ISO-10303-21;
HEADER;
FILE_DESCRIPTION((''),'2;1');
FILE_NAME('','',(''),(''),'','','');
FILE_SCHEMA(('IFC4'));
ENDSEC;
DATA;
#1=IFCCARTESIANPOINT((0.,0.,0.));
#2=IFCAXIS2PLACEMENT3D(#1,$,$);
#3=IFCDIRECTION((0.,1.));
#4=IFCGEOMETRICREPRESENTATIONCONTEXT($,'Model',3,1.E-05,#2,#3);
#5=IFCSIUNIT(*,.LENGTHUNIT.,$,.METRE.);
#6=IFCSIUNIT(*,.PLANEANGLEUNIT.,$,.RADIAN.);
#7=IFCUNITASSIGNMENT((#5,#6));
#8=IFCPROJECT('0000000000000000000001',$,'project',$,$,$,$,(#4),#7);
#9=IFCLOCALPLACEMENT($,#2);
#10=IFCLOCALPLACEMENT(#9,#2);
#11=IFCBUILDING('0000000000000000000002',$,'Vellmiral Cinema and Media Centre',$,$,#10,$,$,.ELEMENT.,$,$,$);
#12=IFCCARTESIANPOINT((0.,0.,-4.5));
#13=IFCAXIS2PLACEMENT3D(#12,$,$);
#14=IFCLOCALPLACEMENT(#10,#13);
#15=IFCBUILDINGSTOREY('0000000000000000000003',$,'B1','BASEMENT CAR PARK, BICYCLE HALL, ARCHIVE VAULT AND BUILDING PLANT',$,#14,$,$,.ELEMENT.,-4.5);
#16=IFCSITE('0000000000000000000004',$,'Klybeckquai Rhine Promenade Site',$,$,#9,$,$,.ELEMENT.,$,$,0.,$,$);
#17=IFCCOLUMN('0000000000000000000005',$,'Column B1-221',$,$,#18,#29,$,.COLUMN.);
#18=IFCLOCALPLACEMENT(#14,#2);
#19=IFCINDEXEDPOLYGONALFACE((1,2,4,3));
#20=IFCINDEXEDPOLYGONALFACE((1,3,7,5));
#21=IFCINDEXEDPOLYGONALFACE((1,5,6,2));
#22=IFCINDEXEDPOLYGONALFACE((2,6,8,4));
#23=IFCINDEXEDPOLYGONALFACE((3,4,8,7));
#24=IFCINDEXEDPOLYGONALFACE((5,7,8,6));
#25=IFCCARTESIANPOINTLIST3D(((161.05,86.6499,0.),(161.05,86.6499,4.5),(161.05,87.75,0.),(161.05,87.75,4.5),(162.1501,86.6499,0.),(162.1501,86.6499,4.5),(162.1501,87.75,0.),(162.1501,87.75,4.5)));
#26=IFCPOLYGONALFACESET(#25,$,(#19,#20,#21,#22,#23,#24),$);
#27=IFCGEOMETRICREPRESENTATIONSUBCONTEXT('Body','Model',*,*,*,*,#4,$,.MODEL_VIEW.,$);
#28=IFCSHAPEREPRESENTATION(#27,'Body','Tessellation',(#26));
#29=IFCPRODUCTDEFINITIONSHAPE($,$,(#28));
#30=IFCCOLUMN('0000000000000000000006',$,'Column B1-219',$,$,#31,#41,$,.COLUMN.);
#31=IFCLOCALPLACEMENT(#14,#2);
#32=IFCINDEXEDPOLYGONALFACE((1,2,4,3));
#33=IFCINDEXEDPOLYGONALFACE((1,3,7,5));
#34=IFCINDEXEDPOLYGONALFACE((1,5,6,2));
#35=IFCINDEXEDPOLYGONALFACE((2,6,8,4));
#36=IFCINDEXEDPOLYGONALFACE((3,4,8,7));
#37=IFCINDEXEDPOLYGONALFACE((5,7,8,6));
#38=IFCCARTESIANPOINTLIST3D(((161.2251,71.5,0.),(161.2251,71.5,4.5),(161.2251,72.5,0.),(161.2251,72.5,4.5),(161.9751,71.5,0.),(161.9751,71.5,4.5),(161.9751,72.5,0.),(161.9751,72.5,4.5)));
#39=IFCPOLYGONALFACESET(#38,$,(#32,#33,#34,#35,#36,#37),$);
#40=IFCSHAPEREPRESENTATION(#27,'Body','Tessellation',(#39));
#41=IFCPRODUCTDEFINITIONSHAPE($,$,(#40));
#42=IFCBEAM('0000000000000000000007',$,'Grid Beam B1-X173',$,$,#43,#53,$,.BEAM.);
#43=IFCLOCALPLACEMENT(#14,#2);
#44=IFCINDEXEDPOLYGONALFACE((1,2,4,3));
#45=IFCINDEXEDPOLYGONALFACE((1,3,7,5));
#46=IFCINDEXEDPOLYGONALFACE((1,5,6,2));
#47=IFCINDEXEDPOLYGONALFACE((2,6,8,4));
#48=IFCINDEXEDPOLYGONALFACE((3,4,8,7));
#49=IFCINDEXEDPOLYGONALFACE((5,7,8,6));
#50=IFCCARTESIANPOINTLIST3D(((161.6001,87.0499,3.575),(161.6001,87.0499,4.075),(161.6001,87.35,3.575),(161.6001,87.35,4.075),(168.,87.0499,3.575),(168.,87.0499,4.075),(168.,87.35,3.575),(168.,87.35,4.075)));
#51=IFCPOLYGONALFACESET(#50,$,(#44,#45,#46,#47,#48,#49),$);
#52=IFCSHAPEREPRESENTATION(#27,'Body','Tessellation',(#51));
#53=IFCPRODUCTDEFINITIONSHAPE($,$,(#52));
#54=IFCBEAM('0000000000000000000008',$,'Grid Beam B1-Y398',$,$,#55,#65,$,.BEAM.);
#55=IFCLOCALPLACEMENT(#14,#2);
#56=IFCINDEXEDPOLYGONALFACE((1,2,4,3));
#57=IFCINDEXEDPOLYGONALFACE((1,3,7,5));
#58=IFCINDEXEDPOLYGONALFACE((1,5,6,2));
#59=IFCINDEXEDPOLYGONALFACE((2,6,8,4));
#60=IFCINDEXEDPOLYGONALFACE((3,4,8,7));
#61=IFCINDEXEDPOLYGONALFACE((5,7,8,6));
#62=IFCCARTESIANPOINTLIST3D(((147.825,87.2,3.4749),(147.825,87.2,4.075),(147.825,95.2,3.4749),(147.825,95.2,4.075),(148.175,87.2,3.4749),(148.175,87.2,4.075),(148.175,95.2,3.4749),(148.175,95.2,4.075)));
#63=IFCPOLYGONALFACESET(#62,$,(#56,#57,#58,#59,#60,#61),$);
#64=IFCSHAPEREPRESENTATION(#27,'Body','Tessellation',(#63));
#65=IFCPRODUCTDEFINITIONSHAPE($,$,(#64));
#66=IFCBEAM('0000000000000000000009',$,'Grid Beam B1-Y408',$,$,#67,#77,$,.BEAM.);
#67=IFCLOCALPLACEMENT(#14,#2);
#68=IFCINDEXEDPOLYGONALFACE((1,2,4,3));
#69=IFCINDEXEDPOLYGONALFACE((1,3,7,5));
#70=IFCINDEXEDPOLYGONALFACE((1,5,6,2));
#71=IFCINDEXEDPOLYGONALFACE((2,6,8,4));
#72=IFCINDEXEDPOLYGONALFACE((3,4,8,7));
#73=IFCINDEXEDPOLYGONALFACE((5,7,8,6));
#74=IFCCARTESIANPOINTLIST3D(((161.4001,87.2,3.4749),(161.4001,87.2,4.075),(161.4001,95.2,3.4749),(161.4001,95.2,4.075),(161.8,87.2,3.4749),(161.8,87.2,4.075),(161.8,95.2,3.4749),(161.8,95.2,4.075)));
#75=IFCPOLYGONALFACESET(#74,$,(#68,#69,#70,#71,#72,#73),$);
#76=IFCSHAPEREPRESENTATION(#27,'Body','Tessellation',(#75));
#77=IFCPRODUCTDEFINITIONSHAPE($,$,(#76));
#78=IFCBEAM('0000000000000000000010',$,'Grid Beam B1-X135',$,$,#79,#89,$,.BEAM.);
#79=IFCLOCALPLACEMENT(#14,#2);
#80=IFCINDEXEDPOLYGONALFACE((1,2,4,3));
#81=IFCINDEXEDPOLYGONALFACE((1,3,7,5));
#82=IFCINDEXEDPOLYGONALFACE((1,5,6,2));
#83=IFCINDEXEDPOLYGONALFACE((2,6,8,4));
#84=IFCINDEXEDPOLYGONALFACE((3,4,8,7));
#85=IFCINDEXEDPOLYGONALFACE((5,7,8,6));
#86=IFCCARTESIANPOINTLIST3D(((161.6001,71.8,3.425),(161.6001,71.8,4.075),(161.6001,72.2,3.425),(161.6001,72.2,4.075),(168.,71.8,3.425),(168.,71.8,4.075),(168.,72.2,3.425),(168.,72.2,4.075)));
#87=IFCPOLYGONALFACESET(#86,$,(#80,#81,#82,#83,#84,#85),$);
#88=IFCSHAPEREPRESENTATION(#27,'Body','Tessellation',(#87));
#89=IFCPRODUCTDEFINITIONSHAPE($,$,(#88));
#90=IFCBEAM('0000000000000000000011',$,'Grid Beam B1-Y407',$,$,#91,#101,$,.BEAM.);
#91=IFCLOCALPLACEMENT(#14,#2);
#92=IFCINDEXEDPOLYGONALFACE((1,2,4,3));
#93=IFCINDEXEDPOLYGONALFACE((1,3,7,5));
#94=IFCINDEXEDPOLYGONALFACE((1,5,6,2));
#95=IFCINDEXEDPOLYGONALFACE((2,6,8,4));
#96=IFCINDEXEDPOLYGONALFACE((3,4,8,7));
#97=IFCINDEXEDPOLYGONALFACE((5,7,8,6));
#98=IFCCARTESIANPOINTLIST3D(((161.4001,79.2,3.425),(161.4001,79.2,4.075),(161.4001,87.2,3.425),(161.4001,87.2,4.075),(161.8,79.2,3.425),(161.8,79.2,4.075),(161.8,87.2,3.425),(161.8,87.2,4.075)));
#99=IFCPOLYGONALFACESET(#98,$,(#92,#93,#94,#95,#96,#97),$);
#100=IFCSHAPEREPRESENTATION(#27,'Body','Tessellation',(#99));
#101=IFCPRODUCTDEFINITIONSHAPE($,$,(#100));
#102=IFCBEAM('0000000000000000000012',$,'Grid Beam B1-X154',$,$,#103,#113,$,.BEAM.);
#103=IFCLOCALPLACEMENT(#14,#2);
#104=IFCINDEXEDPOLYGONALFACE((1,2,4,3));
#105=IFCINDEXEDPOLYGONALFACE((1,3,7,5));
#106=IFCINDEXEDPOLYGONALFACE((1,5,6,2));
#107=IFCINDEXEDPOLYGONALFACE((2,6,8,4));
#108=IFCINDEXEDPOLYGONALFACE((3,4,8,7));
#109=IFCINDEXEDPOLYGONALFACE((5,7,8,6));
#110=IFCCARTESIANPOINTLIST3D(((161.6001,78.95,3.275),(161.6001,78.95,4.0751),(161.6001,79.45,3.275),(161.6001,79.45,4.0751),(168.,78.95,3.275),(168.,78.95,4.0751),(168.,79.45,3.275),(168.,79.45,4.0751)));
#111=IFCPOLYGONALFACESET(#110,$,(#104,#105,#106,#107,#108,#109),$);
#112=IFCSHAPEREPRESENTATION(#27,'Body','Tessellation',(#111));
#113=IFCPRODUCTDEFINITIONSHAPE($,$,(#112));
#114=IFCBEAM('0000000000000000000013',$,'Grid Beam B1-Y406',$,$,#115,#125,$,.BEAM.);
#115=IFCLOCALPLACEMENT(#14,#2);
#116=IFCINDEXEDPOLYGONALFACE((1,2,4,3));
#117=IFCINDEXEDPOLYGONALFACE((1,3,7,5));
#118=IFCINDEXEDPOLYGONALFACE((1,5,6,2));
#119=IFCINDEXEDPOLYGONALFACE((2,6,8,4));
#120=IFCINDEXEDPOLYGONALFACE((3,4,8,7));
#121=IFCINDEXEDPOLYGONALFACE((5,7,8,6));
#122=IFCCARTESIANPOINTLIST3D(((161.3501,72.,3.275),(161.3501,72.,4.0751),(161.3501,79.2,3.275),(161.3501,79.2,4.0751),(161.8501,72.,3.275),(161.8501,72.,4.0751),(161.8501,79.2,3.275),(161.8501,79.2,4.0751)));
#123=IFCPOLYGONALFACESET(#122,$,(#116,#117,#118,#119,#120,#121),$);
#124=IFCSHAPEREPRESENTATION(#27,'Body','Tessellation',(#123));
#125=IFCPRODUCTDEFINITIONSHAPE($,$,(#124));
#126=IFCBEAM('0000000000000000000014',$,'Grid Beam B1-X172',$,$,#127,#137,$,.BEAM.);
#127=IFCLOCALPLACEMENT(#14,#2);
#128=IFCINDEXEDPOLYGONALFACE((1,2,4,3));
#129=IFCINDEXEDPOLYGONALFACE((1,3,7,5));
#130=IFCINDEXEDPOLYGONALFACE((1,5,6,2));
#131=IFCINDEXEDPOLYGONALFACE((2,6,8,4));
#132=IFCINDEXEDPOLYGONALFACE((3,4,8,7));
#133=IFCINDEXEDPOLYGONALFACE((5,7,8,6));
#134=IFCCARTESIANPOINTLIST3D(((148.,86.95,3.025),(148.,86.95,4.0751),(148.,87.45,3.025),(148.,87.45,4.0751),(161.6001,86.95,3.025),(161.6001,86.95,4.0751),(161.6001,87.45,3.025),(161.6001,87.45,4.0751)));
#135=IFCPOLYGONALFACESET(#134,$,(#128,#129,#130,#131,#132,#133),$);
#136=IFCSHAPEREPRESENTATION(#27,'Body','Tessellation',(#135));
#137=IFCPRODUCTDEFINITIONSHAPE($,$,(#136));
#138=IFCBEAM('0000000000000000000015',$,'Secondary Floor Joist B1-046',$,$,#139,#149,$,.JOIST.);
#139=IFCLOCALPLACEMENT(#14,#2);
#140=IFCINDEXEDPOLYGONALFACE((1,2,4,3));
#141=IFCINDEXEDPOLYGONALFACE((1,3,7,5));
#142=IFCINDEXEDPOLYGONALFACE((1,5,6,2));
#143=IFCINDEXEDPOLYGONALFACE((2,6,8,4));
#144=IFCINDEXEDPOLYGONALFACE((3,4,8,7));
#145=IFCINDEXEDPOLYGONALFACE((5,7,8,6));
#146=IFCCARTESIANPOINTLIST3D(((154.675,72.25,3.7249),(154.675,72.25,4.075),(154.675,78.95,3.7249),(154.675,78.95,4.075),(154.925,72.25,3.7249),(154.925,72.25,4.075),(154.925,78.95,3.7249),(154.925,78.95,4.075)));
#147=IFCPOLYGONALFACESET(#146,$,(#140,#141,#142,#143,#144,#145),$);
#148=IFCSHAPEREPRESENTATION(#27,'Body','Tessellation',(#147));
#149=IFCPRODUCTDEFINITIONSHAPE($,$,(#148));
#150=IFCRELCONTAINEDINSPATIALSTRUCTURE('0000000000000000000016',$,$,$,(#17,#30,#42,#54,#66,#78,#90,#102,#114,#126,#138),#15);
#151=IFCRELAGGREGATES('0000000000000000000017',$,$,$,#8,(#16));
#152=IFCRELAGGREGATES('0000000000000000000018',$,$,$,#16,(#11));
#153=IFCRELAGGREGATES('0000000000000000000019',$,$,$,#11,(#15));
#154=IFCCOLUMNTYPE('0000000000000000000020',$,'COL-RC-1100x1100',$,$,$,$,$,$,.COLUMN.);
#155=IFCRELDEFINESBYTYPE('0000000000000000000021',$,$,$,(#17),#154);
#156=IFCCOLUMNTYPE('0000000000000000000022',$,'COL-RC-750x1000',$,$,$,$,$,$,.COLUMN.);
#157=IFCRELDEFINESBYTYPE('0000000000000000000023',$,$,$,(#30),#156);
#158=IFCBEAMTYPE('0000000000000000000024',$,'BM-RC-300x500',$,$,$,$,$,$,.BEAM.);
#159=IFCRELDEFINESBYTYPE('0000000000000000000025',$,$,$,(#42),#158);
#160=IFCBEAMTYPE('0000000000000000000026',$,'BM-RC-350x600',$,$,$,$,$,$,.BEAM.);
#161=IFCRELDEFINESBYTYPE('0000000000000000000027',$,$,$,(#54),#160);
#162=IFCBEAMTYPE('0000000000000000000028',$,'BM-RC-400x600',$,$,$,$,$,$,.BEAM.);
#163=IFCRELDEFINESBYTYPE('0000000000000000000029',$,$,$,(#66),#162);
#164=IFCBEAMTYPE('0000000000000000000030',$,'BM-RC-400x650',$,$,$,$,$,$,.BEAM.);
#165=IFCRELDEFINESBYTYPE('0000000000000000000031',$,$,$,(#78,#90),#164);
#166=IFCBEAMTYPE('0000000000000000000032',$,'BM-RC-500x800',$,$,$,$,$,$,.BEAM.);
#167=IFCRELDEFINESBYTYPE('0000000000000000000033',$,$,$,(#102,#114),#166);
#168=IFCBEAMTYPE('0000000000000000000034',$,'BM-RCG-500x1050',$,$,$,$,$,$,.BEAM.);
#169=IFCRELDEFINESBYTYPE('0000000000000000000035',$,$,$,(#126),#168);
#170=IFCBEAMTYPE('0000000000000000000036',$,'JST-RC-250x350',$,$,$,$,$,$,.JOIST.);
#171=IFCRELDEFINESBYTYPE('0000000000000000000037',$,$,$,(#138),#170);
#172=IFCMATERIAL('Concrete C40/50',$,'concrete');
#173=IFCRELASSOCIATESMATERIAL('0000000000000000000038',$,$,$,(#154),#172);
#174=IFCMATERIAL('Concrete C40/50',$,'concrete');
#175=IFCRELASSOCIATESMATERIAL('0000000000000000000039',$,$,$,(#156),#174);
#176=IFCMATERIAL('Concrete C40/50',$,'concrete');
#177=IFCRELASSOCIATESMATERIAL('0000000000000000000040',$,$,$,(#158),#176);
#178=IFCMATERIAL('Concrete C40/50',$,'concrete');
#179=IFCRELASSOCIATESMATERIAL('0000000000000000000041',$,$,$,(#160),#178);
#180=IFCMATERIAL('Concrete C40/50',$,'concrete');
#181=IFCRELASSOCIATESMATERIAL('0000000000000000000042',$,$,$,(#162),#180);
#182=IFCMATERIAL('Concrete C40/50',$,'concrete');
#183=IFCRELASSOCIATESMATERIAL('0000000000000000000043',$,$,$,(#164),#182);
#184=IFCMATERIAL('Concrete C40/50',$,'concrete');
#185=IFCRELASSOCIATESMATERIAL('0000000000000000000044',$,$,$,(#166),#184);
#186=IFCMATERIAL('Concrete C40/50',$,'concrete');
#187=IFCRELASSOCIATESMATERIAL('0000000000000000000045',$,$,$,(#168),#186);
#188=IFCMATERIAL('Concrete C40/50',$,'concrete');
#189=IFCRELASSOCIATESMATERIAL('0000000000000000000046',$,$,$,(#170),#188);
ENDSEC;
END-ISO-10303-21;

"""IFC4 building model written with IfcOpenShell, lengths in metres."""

from ifc_helpers import new_model, si_unit, direction, frame, origin, origin_2d, place, context, subcontext, project, spatial, rectangle, extrude, material, material_profile, profile_set, type_object, element, save


model = new_model("IFC4")

# Units and contexts
model_context = context("Model", 3, precision=1e-05, world=origin(), true_north=direction((0.0, 1.0)))
body_context = subcontext(model_context, "Body", "Model", "MODEL_VIEW")
ifc_project = project(units=[si_unit("LENGTHUNIT", "METRE"), si_unit("PLANEANGLEUNIT", "RADIAN")], contexts=[model_context])

# Site, building, storey
site_placement = place(None, origin())
site = spatial("IfcSite", under=ifc_project, at=site_placement, Name="Klybeckquai Rhine Promenade Site", CompositionType="ELEMENT", RefElevation=0.0)
building_placement = place(site_placement, origin())
building = spatial("IfcBuilding", under=site, at=building_placement, Name="Vellmiral Cinema and Media Centre", CompositionType="ELEMENT")
storey_placement = place(building_placement, frame((0.0, 0.0, -4.5)))
storey = spatial("IfcBuildingStorey", under=building, at=storey_placement, Name="B1", Description="BASEMENT CAR PARK, BICYCLE HALL, ARCHIVE VAULT AND BUILDING PLANT", CompositionType="ELEMENT", Elevation=-4.5)

# Columns
ifc_material_1 = material(Name="Concrete C40/50", Category="concrete")
ifc_material_profile_1 = material_profile(ifc_material_1, rectangle(XDim=1.1001, YDim=1.1001, at=origin_2d()), Name="RC 1100x1100")
ifc_profile_set_1 = profile_set([ifc_material_profile_1], Name="Concrete C40/50")
column_type_1 = type_object("IfcColumnType", Name="COL-RC-1100x1100", PredefinedType="COLUMN", material=ifc_profile_set_1)
for number, where, z_axis, x_axis, name in (
    (1, (161.6001, 87.2, 0.0), (0.0, 0.0, 1.0), (1.0, 0.0, 0.0), "Column B1-221"),
):
    element("IfcColumn", number, at=place(storey_placement, frame(where, z_axis=z_axis, x_axis=x_axis)), inside=storey, type_object=column_type_1, Name=name, PredefinedType="COLUMN", context=body_context, shape_type="SweptSolid", body=[
        extrude(rectangle(XDim=1.1001, YDim=1.1001, at=origin_2d()), origin(), (0.0, 0.0, 1.0), 4.5),
    ])
ifc_material_2 = material(Name="Concrete C40/50", Category="concrete")
ifc_material_profile_2 = material_profile(ifc_material_2, rectangle(XDim=0.75, YDim=1.0, at=origin_2d()), Name="RC 750x1000")
ifc_profile_set_2 = profile_set([ifc_material_profile_2], Name="Concrete C40/50")
column_type_2 = type_object("IfcColumnType", Name="COL-RC-750x1000", PredefinedType="COLUMN", material=ifc_profile_set_2)
column_placement = place(storey_placement, frame((161.6001, 72.0, 0.0), z_axis=(0.0, 0.0, 1.0), x_axis=(1.0, 0.0, 0.0)))
element("IfcColumn", 2, at=column_placement, inside=storey, type_object=column_type_2, Name="Column B1-219", PredefinedType="COLUMN", context=body_context, shape_type="SweptSolid", body=[
    extrude(rectangle(XDim=0.75, YDim=1.0, at=origin_2d()), origin(), (0.0, 0.0, 1.0), 4.5),
])

# Beams
ifc_material_3 = material(Name="Concrete C40/50", Category="concrete")
ifc_material_profile_3 = material_profile(ifc_material_3, rectangle(XDim=0.3, YDim=0.5, at=origin_2d()), Name="RC 300x500")
ifc_profile_set_3 = profile_set([ifc_material_profile_3], Name="Concrete C40/50")
beam_type_1 = type_object("IfcBeamType", Name="BM-RC-300x500", PredefinedType="BEAM", material=ifc_profile_set_3)
beam_1_placement = place(storey_placement, frame((161.6001, 87.2, 3.825), z_axis=(1.0, 0.0, 0.0), x_axis=(0.0, 1.0, 0.0)))
element("IfcBeam", 3, at=beam_1_placement, inside=storey, type_object=beam_type_1, Name="Grid Beam B1-X173", PredefinedType="BEAM", context=body_context, shape_type="SweptSolid", body=[
    extrude(rectangle(XDim=0.3, YDim=0.5, at=origin_2d()), origin(), (0.0, 0.0, 1.0), 6.3999),
])
ifc_material_4 = material(Name="Concrete C40/50", Category="concrete")
ifc_material_profile_4 = material_profile(ifc_material_4, rectangle(XDim=0.3501, YDim=0.6001, at=origin_2d()), Name="RC 350x600")
ifc_profile_set_4 = profile_set([ifc_material_profile_4], Name="Concrete C40/50")
beam_type_2 = type_object("IfcBeamType", Name="BM-RC-350x600", PredefinedType="BEAM", material=ifc_profile_set_4)
beam_2_placement = place(storey_placement, frame((148.0, 87.2, 3.7749), z_axis=(0.0, 1.0, 0.0), x_axis=(-1.0, 0.0, 0.0)))
element("IfcBeam", 4, at=beam_2_placement, inside=storey, type_object=beam_type_2, Name="Grid Beam B1-Y398", PredefinedType="BEAM", context=body_context, shape_type="SweptSolid", body=[
    extrude(rectangle(XDim=0.3501, YDim=0.6001, at=origin_2d()), origin(), (0.0, 0.0, 1.0), 8.0),
])
ifc_material_5 = material(Name="Concrete C40/50", Category="concrete")
ifc_material_profile_5 = material_profile(ifc_material_5, rectangle(XDim=0.3999, YDim=0.6001, at=origin_2d()), Name="RC 400x600")
ifc_profile_set_5 = profile_set([ifc_material_profile_5], Name="Concrete C40/50")
beam_type_3 = type_object("IfcBeamType", Name="BM-RC-400x600", PredefinedType="BEAM", material=ifc_profile_set_5)
beam_3_placement = place(storey_placement, frame((161.6001, 87.2, 3.7749), z_axis=(0.0, 1.0, 0.0), x_axis=(-1.0, 0.0, 0.0)))
element("IfcBeam", 5, at=beam_3_placement, inside=storey, type_object=beam_type_3, Name="Grid Beam B1-Y408", PredefinedType="BEAM", context=body_context, shape_type="SweptSolid", body=[
    extrude(rectangle(XDim=0.3999, YDim=0.6001, at=origin_2d()), origin(), (0.0, 0.0, 1.0), 8.0),
])
ifc_material_6 = material(Name="Concrete C40/50", Category="concrete")
ifc_material_profile_6 = material_profile(ifc_material_6, rectangle(XDim=0.3999, YDim=0.6499, at=origin_2d()), Name="RC 400x650")
ifc_profile_set_6 = profile_set([ifc_material_profile_6], Name="Concrete C40/50")
beam_type_4 = type_object("IfcBeamType", Name="BM-RC-400x650", PredefinedType="BEAM", material=ifc_profile_set_6)
beam_4_placement = place(storey_placement, frame((161.6001, 72.0, 3.75), z_axis=(1.0, 0.0, 0.0), x_axis=(0.0, 1.0, 0.0)))
element("IfcBeam", 6, at=beam_4_placement, inside=storey, type_object=beam_type_4, Name="Grid Beam B1-X135", PredefinedType="BEAM", context=body_context, shape_type="SweptSolid", body=[
    extrude(rectangle(XDim=0.3999, YDim=0.6499, at=origin_2d()), origin(), (0.0, 0.0, 1.0), 6.3999),
])
beam_5_placement = place(storey_placement, frame((161.6001, 79.2, 3.75), z_axis=(0.0, 1.0, 0.0), x_axis=(-1.0, 0.0, 0.0)))
element("IfcBeam", 7, at=beam_5_placement, inside=storey, type_object=beam_type_4, Name="Grid Beam B1-Y407", PredefinedType="BEAM", context=body_context, shape_type="SweptSolid", body=[
    extrude(rectangle(XDim=0.3999, YDim=0.6499, at=origin_2d()), origin(), (0.0, 0.0, 1.0), 8.0),
])
ifc_material_7 = material(Name="Concrete C40/50", Category="concrete")
ifc_material_profile_7 = material_profile(ifc_material_7, rectangle(XDim=0.5, YDim=0.8, at=origin_2d()), Name="RC 500x800")
ifc_profile_set_7 = profile_set([ifc_material_profile_7], Name="Concrete C40/50")
beam_type_5 = type_object("IfcBeamType", Name="BM-RC-500x800", PredefinedType="BEAM", material=ifc_profile_set_7)
beam_6_placement = place(storey_placement, frame((161.6001, 79.2, 3.675), z_axis=(1.0, 0.0, 0.0), x_axis=(0.0, 1.0, 0.0)))
element("IfcBeam", 8, at=beam_6_placement, inside=storey, type_object=beam_type_5, Name="Grid Beam B1-X154", PredefinedType="BEAM", context=body_context, shape_type="SweptSolid", body=[
    extrude(rectangle(XDim=0.5, YDim=0.8, at=origin_2d()), origin(), (0.0, 0.0, 1.0), 6.3999),
])
beam_7_placement = place(storey_placement, frame((161.6001, 72.0, 3.675), z_axis=(0.0, 1.0, 0.0), x_axis=(-1.0, 0.0, 0.0)))
element("IfcBeam", 9, at=beam_7_placement, inside=storey, type_object=beam_type_5, Name="Grid Beam B1-Y406", PredefinedType="BEAM", context=body_context, shape_type="SweptSolid", body=[
    extrude(rectangle(XDim=0.5, YDim=0.8, at=origin_2d()), origin(), (0.0, 0.0, 1.0), 7.2),
])
ifc_material_8 = material(Name="Concrete C40/50", Category="concrete")
ifc_material_profile_8 = material_profile(ifc_material_8, rectangle(XDim=0.5, YDim=1.05, at=origin_2d()), Name="RC 500x1050")
ifc_profile_set_8 = profile_set([ifc_material_profile_8], Name="Concrete C40/50")
beam_type_6 = type_object("IfcBeamType", Name="BM-RCG-500x1050", PredefinedType="BEAM", material=ifc_profile_set_8)
beam_8_placement = place(storey_placement, frame((148.0, 87.2, 3.55), z_axis=(1.0, 0.0, 0.0), x_axis=(0.0, 1.0, 0.0)))
element("IfcBeam", 10, at=beam_8_placement, inside=storey, type_object=beam_type_6, Name="Grid Beam B1-X172", PredefinedType="BEAM", context=body_context, shape_type="SweptSolid", body=[
    extrude(rectangle(XDim=0.5, YDim=1.05, at=origin_2d()), origin(), (0.0, 0.0, 1.0), 13.6001),
])
ifc_material_9 = material(Name="Concrete C40/50", Category="concrete")
ifc_material_profile_9 = material_profile(ifc_material_9, rectangle(XDim=0.25, YDim=0.3501, at=origin_2d()), Name="RC 250x350")
ifc_profile_set_9 = profile_set([ifc_material_profile_9], Name="Concrete C40/50")
beam_type_7 = type_object("IfcBeamType", Name="JST-RC-250x350", PredefinedType="JOIST", material=ifc_profile_set_9)
beam_9_placement = place(storey_placement, frame((154.8, 72.25, 3.8999), z_axis=(0.0, 1.0, 0.0), x_axis=(-1.0, 0.0, 0.0)))
element("IfcBeam", 11, at=beam_9_placement, inside=storey, type_object=beam_type_7, Name="Secondary Floor Joist B1-046", PredefinedType="JOIST", context=body_context, shape_type="SweptSolid", body=[
    extrude(rectangle(XDim=0.25, YDim=0.3501, at=origin_2d()), origin(), (0.0, 0.0, 1.0), 6.7),
])

save(model, "model.ifc")
